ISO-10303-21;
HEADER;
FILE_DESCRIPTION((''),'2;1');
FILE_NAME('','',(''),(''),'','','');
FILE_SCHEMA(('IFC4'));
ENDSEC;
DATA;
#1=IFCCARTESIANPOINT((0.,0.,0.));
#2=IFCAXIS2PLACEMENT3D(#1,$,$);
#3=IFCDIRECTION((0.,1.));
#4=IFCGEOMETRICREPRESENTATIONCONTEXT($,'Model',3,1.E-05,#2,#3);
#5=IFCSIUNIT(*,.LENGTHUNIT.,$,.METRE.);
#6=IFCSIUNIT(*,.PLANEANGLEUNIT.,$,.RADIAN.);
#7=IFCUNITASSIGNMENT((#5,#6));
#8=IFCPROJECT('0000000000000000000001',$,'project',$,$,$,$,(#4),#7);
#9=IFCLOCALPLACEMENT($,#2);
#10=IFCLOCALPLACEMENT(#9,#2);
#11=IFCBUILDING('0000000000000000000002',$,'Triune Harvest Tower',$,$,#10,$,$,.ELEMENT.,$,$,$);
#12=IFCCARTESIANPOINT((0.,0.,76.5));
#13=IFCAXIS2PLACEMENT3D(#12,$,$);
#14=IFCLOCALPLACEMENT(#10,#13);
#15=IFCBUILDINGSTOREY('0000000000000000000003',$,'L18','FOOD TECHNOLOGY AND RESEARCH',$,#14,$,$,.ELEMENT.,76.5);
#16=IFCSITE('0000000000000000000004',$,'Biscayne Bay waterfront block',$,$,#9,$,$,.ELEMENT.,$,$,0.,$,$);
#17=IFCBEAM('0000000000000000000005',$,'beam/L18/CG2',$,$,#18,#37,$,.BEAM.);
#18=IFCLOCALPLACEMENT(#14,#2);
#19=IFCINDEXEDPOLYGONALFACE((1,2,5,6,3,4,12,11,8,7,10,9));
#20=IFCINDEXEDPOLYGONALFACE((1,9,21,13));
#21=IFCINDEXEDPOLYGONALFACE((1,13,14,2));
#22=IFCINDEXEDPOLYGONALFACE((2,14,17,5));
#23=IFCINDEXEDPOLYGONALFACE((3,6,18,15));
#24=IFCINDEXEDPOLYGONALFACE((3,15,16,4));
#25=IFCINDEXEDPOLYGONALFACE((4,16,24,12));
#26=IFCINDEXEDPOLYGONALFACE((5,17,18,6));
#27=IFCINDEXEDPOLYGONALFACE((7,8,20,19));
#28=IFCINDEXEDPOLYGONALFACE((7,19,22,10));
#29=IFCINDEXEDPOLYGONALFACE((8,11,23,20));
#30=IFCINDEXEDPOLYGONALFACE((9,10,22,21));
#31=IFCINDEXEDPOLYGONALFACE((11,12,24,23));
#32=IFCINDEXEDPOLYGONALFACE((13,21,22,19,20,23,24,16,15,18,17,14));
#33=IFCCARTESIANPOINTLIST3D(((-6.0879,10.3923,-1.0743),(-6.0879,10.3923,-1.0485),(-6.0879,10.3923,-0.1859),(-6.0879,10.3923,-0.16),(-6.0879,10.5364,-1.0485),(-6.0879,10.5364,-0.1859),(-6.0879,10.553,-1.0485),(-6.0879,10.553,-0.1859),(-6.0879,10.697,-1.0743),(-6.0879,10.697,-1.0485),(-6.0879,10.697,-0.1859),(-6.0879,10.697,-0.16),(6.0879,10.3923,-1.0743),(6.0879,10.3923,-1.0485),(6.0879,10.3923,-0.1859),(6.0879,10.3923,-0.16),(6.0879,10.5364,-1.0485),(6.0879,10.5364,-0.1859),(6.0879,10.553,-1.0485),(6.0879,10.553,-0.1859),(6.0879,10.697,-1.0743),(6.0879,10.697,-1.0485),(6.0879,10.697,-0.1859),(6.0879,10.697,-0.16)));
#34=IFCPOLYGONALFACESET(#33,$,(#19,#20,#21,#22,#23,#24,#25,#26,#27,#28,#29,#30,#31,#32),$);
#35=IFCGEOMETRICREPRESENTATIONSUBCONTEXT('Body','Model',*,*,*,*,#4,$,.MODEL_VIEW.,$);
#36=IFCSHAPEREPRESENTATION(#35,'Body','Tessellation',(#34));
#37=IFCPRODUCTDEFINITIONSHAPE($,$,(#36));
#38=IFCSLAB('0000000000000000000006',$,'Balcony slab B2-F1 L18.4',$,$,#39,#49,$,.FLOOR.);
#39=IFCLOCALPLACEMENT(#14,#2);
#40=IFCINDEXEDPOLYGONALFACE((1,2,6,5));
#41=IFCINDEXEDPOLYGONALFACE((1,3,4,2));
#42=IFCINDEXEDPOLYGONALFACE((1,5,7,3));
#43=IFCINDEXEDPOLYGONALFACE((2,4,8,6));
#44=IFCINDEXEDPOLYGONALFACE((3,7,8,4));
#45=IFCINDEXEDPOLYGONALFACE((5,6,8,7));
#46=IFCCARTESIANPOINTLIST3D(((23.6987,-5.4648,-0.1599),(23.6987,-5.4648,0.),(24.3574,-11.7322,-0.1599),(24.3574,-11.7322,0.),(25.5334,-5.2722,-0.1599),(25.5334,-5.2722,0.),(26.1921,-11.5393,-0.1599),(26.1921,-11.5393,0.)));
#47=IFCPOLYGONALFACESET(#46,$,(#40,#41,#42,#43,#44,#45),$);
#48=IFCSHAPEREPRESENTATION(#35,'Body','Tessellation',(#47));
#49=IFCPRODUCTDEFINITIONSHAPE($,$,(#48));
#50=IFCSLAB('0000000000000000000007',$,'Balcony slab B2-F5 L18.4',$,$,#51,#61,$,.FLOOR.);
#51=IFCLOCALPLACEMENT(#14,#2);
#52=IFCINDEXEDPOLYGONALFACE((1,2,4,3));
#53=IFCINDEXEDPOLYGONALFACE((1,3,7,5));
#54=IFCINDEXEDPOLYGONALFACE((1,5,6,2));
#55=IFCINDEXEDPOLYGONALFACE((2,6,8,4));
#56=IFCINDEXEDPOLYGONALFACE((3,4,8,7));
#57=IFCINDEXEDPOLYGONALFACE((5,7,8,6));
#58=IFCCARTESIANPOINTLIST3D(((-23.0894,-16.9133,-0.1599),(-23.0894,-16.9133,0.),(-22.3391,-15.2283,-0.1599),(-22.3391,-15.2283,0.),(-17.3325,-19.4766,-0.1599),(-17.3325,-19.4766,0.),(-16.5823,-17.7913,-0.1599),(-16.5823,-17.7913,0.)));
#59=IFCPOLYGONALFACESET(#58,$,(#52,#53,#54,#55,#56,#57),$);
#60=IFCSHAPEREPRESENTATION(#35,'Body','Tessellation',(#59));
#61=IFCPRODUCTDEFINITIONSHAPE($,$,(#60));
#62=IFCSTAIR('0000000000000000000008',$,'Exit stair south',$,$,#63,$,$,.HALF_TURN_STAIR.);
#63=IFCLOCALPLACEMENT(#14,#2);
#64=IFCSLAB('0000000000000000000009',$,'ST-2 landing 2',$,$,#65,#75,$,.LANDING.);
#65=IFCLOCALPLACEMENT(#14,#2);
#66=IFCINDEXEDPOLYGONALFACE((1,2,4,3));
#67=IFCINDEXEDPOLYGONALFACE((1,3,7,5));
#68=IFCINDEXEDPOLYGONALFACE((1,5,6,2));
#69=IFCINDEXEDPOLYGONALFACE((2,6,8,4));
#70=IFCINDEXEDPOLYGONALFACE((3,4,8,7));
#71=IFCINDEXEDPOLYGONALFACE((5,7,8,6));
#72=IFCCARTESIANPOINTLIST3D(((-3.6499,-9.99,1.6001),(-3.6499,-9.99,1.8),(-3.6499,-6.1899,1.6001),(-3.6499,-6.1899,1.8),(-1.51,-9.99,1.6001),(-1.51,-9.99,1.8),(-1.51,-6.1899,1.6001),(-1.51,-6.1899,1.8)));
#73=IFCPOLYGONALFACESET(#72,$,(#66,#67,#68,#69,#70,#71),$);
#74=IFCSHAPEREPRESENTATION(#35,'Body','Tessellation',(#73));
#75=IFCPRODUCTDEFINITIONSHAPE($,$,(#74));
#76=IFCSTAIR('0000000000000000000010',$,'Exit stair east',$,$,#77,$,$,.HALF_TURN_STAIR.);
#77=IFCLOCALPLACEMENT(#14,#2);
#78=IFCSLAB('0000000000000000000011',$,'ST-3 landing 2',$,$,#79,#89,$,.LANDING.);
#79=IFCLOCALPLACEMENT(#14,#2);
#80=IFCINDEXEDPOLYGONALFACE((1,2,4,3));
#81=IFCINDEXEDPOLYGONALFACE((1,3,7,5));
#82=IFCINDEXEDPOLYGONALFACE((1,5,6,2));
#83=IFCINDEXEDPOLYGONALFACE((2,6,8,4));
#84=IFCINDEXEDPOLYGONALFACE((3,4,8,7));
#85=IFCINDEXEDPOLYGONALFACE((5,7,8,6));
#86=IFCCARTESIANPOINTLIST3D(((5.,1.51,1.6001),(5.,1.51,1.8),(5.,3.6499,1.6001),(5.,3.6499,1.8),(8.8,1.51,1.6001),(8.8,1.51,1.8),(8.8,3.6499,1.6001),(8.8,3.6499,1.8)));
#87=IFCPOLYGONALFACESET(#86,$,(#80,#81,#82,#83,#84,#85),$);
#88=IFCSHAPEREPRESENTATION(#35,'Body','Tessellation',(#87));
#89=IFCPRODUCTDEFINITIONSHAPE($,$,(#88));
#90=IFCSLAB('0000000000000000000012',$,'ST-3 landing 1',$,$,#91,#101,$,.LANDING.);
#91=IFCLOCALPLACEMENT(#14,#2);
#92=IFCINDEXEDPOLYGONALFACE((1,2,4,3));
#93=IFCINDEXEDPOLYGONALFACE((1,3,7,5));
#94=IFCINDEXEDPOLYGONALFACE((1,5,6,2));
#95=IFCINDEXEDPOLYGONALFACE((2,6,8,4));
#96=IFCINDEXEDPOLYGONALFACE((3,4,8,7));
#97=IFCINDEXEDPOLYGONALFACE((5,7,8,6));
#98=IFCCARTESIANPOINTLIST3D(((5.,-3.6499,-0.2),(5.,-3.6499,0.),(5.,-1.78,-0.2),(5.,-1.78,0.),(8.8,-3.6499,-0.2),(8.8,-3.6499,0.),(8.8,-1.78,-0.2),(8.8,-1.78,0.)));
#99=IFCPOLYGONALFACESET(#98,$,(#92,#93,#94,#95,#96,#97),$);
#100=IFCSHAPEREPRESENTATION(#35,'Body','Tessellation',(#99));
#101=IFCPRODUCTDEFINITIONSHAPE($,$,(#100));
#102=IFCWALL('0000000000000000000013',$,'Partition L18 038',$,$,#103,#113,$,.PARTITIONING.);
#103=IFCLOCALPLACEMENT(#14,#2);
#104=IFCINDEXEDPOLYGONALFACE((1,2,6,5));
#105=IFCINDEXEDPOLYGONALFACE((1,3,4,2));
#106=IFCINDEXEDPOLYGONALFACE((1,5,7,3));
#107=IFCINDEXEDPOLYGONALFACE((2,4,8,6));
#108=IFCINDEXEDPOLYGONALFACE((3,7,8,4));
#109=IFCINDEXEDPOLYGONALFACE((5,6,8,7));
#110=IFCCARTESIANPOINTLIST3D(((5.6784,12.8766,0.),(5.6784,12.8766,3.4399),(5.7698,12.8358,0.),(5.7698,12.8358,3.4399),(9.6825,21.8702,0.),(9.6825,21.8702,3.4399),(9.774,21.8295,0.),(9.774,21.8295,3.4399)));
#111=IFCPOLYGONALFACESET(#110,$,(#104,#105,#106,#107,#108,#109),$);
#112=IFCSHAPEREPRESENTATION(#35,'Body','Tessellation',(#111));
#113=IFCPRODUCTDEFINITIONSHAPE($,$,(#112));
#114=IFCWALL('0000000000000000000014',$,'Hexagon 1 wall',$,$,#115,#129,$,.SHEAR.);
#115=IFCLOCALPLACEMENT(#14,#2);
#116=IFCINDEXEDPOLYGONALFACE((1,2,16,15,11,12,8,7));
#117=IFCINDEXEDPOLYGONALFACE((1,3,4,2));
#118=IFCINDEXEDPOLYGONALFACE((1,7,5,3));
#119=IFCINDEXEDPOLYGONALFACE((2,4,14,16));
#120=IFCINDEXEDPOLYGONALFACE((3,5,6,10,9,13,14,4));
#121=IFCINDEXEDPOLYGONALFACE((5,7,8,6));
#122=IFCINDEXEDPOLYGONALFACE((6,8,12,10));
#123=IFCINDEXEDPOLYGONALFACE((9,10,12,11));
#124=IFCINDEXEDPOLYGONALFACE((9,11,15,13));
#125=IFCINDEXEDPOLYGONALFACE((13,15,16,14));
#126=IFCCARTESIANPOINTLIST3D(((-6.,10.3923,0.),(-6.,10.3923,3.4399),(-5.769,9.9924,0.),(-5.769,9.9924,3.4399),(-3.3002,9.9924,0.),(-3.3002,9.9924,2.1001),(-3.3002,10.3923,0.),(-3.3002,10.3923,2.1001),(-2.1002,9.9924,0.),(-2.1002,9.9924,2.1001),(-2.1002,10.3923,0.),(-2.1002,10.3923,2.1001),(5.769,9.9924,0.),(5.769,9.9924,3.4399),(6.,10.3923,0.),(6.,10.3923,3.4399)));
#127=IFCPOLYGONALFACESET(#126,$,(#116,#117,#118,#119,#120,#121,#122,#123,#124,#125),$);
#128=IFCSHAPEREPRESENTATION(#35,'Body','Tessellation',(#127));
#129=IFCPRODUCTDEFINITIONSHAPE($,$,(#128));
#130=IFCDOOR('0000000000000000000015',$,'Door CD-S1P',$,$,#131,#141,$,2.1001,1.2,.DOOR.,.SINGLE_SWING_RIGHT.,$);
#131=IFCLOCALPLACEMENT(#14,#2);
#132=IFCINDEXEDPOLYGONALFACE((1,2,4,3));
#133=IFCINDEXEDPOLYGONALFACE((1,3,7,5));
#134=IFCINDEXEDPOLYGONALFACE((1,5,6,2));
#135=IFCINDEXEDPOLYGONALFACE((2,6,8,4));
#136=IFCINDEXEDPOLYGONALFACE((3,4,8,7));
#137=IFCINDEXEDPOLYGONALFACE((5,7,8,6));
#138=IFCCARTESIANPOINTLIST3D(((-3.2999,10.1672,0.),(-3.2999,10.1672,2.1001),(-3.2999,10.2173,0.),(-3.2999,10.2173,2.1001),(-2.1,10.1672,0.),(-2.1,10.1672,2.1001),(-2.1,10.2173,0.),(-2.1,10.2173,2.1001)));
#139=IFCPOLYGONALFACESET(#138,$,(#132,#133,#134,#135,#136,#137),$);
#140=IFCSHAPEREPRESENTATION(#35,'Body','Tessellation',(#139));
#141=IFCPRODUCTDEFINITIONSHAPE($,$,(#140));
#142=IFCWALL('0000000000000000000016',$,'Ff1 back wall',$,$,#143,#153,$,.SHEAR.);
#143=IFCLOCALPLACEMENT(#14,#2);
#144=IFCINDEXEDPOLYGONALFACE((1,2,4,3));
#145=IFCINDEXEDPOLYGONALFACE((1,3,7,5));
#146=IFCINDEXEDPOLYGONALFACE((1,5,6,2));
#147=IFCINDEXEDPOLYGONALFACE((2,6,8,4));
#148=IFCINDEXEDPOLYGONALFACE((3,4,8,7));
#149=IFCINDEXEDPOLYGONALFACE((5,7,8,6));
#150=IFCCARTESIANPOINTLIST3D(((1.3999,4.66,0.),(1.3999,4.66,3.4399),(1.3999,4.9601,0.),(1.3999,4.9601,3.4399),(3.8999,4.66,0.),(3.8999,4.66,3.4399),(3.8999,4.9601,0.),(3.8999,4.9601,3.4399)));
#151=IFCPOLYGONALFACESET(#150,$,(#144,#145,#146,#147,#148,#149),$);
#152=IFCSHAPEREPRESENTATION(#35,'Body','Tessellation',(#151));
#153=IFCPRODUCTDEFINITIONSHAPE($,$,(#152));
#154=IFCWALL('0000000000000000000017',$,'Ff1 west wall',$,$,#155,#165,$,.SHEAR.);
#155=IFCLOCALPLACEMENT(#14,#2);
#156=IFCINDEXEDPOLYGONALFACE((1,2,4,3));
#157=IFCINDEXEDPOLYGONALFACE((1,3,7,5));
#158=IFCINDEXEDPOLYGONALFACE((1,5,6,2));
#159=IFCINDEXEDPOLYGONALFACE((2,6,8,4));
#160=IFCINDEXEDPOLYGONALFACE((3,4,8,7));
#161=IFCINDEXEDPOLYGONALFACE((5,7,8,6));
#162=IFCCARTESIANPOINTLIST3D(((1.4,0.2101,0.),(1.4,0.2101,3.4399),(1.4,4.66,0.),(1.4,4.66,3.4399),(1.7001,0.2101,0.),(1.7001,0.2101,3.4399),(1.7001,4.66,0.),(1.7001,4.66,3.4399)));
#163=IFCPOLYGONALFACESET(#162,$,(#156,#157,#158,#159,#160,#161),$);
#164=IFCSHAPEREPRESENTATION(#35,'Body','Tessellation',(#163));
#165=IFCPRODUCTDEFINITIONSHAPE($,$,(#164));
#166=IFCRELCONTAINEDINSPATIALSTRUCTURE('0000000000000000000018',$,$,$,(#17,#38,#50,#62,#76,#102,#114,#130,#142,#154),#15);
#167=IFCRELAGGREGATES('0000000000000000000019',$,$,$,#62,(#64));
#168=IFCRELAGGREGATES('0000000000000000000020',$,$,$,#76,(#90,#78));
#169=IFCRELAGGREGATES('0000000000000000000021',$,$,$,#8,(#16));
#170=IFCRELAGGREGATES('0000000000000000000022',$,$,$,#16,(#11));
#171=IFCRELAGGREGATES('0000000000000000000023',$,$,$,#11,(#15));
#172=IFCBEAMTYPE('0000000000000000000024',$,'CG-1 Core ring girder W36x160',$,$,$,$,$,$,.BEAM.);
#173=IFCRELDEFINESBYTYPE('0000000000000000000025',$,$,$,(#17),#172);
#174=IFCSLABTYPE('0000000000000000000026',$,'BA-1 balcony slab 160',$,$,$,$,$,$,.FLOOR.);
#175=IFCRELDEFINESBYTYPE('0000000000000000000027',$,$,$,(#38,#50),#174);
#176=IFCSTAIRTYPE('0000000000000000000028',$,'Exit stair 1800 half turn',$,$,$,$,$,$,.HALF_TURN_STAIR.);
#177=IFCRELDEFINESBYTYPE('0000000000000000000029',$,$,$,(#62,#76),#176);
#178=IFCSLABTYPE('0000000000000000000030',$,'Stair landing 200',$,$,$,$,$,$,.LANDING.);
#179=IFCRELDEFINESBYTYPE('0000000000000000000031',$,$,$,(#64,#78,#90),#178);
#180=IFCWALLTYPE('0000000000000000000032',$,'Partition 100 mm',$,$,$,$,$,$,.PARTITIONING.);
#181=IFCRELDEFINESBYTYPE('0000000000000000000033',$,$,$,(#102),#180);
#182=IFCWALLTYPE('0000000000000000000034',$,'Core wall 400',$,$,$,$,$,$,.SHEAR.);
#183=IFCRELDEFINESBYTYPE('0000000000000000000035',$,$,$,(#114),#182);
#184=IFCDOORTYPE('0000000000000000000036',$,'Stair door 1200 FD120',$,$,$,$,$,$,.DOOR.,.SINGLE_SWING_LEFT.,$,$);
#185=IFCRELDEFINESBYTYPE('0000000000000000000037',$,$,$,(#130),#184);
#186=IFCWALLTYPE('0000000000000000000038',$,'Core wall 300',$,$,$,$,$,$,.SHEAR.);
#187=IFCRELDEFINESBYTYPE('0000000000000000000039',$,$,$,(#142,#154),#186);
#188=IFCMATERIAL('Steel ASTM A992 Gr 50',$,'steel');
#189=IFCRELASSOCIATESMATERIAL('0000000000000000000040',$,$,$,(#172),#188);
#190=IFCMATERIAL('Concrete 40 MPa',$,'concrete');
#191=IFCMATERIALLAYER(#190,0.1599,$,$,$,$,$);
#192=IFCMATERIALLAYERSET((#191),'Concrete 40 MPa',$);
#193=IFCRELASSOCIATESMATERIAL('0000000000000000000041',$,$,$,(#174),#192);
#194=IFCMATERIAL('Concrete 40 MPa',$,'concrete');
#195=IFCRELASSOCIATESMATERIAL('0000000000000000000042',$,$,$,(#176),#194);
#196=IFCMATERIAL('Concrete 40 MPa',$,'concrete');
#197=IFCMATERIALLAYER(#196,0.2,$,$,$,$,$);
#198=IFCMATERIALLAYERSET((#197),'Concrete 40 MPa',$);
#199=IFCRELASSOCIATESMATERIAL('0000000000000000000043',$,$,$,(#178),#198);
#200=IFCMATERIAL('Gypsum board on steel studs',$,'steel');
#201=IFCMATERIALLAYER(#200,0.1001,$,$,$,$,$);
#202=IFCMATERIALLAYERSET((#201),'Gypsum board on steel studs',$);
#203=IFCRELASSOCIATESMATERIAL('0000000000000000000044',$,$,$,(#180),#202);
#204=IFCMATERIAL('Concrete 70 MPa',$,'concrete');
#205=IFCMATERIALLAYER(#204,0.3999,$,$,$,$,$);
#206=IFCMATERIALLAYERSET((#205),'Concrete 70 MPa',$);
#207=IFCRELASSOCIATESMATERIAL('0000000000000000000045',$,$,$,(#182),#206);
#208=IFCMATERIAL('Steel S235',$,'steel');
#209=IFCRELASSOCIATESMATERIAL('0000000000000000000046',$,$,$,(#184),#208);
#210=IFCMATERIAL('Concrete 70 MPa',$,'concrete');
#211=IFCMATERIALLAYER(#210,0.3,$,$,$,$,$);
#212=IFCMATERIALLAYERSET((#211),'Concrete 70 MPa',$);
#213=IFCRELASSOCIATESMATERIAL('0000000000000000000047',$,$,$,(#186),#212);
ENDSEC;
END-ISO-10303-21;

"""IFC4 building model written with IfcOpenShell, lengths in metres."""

from ifc_helpers import new_model, si_unit, direction, frame, frame_2d, origin, origin_2d, place, context, subcontext, project, spatial, polyline, rectangle, i_section, outline, extrude, source, transform, mapped, material, layer, layer_set, material_profile, profile_set, type_object, element, fill, aggregate, save


model = new_model("IFC4")

# Units and contexts
model_context = context("Model", 3, precision=1e-05, world=origin(), true_north=direction((0.0, 1.0)))
body_context = subcontext(model_context, "Body", "Model", "MODEL_VIEW")
ifc_project = project(units=[si_unit("LENGTHUNIT", "METRE"), si_unit("PLANEANGLEUNIT", "RADIAN")], contexts=[model_context])

# Site, building, storey
site_placement = place(None, origin())
site = spatial("IfcSite", under=ifc_project, at=site_placement, Name="Biscayne Bay waterfront block", CompositionType="ELEMENT", RefElevation=0.0)
building_placement = place(site_placement, origin())
building = spatial("IfcBuilding", under=site, at=building_placement, Name="Triune Harvest Tower", CompositionType="ELEMENT")
storey_placement = place(building_placement, frame((0.0, 0.0, 76.5)))
storey = spatial("IfcBuildingStorey", under=building, at=storey_placement, Name="L18", Description="FOOD TECHNOLOGY AND RESEARCH", CompositionType="ELEMENT", Elevation=76.5)

# Beam
ifc_material_1 = material(Name="Steel ASTM A992 Gr 50", Category="steel")
ifc_material_profile = material_profile(ifc_material_1, i_section(OverallWidth=0.3047, OverallDepth=0.9143, WebThickness=0.0166, FlangeThickness=0.0259, at=origin_2d()), Name="W36x160")
ifc_profile_set = profile_set([ifc_material_profile], Name="Steel ASTM A992 Gr 50")
beam_type = type_object("IfcBeamType", Name="CG-1 Core ring girder W36x160", PredefinedType="BEAM", material=ifc_profile_set)
shared_shape_1 = source(origin(), body_context, "Body", "SweptSolid", [
    extrude(i_section(OverallWidth=0.3047, OverallDepth=0.9143, WebThickness=0.0166, FlangeThickness=0.0259, at=origin_2d()), origin(), (0.0, 0.0, 1.0), 12.1758),
])
beam_placement = place(storey_placement, frame((6.0879, 10.5447, -0.6172), z_axis=(-1.0, 0.0, 0.0), x_axis=(0.0, -1.0, 0.0)))
element("IfcBeam", 1, at=beam_placement, inside=storey, type_object=beam_type, Name="beam/L18/CG2", PredefinedType="BEAM", context=body_context, shape_type="MappedRepresentation", body=[
    mapped(shared_shape_1, transform((0.0, 0.0, 0.0), scale=1.0)),
])

# Slabs
ifc_material_2 = material(Name="Concrete 40 MPa", Category="concrete")
ifc_layer_1 = layer(ifc_material_2, 0.1599)
ifc_layer_set_1 = layer_set([ifc_layer_1], Name="Concrete 40 MPa")
slab_type_1 = type_object("IfcSlabType", Name="BA-1 balcony slab 160", PredefinedType="FLOOR", material=ifc_layer_set_1)
slab_1_placement = place(storey_placement, frame((0.0, 0.0, -0.1599)))
element("IfcSlab", 2, at=slab_1_placement, inside=storey, type_object=slab_type_1, Name="Balcony slab B2-F1 L18.4", PredefinedType="FLOOR", context=body_context, shape_type="SweptSolid", body=[
    extrude(outline(polyline([(24.3574, -11.7322), (23.6987, -5.4648), (25.5334, -5.2722), (26.1921, -11.5393), (24.3574, -11.7322)])), origin(), (0.0, 0.0, 1.0), 0.1599),
])
slab_2_placement = place(storey_placement, frame((0.0, 0.0, -0.1599)))
element("IfcSlab", 3, at=slab_2_placement, inside=storey, type_object=slab_type_1, Name="Balcony slab B2-F5 L18.4", PredefinedType="FLOOR", context=body_context, shape_type="SweptSolid", body=[
    extrude(outline(polyline([(-22.3391, -15.2283), (-16.5823, -17.7913), (-17.3325, -19.4766), (-23.0894, -16.9133), (-22.3391, -15.2283)])), origin(), (0.0, 0.0, 1.0), 0.1599),
])

# Stair, slab
ifc_material_3 = material(Name="Concrete 40 MPa", Category="concrete")
stair_type = type_object("IfcStairType", Name="Exit stair 1800 half turn", PredefinedType="HALF_TURN_STAIR", material=ifc_material_3)
stair_1_placement = place(storey_placement, origin())
stair_1 = element("IfcStair", 4, at=stair_1_placement, inside=storey, type_object=stair_type, Name="Exit stair south", PredefinedType="HALF_TURN_STAIR")
ifc_material_4 = material(Name="Concrete 40 MPa", Category="concrete")
ifc_layer_2 = layer(ifc_material_4, 0.2)
ifc_layer_set_2 = layer_set([ifc_layer_2], Name="Concrete 40 MPa")
slab_type_2 = type_object("IfcSlabType", Name="Stair landing 200", PredefinedType="LANDING", material=ifc_layer_set_2)
shared_shape_2 = source(origin(), body_context, "Body", "SweptSolid", [
    extrude(outline(polyline([(-1.51, -6.1899), (-3.6499, -6.1899), (-3.6499, -9.99), (-1.51, -9.99), (-1.51, -6.1899)])), origin(), (0.0, 0.0, 1.0), 0.2),
])
slab_3_placement = place(storey_placement, frame((0.0, 0.0, 1.6001)))
slab_3 = element("IfcSlab", 5, at=slab_3_placement, type_object=slab_type_2, Name="ST-2 landing 2", PredefinedType="LANDING", context=body_context, shape_type="MappedRepresentation", body=[
    mapped(shared_shape_2, transform((0.0, 0.0, 0.0), scale=1.0)),
])
aggregate(stair_1, [slab_3])

# Stair, slabs
stair_2_placement = place(storey_placement, origin())
stair_2 = element("IfcStair", 6, at=stair_2_placement, inside=storey, type_object=stair_type, Name="Exit stair east", PredefinedType="HALF_TURN_STAIR")
shared_shape_3 = source(origin(), body_context, "Body", "SweptSolid", [
    extrude(outline(polyline([(8.8, 1.51), (8.8, 3.6499), (5.0, 3.6499), (5.0, 1.51), (8.8, 1.51)])), origin(), (0.0, 0.0, 1.0), 0.2),
])
slab_4_placement = place(storey_placement, frame((0.0, 0.0, 1.6001)))
slab_4 = element("IfcSlab", 7, at=slab_4_placement, type_object=slab_type_2, Name="ST-3 landing 2", PredefinedType="LANDING", context=body_context, shape_type="MappedRepresentation", body=[
    mapped(shared_shape_3, transform((0.0, 0.0, 0.0), scale=1.0)),
])
shared_shape_4 = source(origin(), body_context, "Body", "SweptSolid", [
    extrude(outline(polyline([(8.8, -3.6499), (8.8, -1.78), (5.0, -1.78), (5.0, -3.6499), (8.8, -3.6499)])), origin(), (0.0, 0.0, 1.0), 0.2),
])
slab_5_placement = place(storey_placement, frame((0.0, 0.0, -0.2)))
slab_5 = element("IfcSlab", 8, at=slab_5_placement, type_object=slab_type_2, Name="ST-3 landing 1", PredefinedType="LANDING", context=body_context, shape_type="MappedRepresentation", body=[
    mapped(shared_shape_4, transform((0.0, 0.0, 0.0), scale=1.0)),
])

# Wall
ifc_material_5 = material(Name="Gypsum board on steel studs", Category="steel")
ifc_layer_3 = layer(ifc_material_5, 0.1001)
ifc_layer_set_3 = layer_set([ifc_layer_3], Name="Gypsum board on steel studs")
wall_type_1 = type_object("IfcWallType", Name="Partition 100 mm", PredefinedType="PARTITIONING", material=ifc_layer_set_3)
wall_1_placement = place(storey_placement, frame((5.7241, 12.8562, 0.0), z_axis=(0.0, 0.0, 1.0), x_axis=(0.40673, 0.913549, 0.0)))
element("IfcWall", 9, at=wall_1_placement, inside=storey, type_object=wall_type_1, Name="Partition L18 038", PredefinedType="PARTITIONING", context=body_context, shape_type="SweptSolid", body=[
    extrude(rectangle(XDim=9.8447, YDim=0.1001, at=frame_2d((4.9224, 0.0))), origin(), (0.0, 0.0, 1.0), 3.4399),
])

# Wall, opening, door
ifc_material_6 = material(Name="Concrete 70 MPa", Category="concrete")
ifc_layer_4 = layer(ifc_material_6, 0.3999)
ifc_layer_set_4 = layer_set([ifc_layer_4], Name="Concrete 70 MPa")
wall_type_2 = type_object("IfcWallType", Name="Core wall 400", PredefinedType="SHEAR", material=ifc_layer_set_4)
shared_shape_5 = source(origin(), body_context, "Body", "SweptSolid", [
    extrude(outline(polyline([(-0.1155, -0.2), (11.8845, -0.2), (11.6536, 0.2), (0.1155, 0.2), (-0.1155, -0.2)])), origin(), (0.0, 0.0, 1.0), 3.4399),
])
wall_2_placement = place(storey_placement, frame((5.8845, 10.1924, 0.0), z_axis=(0.0, 0.0, 1.0), x_axis=(-1.0, 0.0, 0.0)))
wall_2 = element("IfcWall", 10, at=wall_2_placement, inside=storey, type_object=wall_type_2, Name="Hexagon 1 wall", PredefinedType="SHEAR", context=body_context, shape_type="MappedRepresentation", body=[
    mapped(shared_shape_5, transform((0.0, 0.0, 0.0), scale=1.0)),
])
opening_1_placement = place(wall_2_placement, frame((7.9846, 0.0, 0.0)))
opening_1 = element("IfcOpeningElement", 11, at=opening_1_placement, cuts=wall_2, PredefinedType="OPENING", context=body_context, shape_type="SweptSolid", body=[
    extrude(rectangle(XDim=1.2, YDim=2.1001, at=frame_2d((0.6001, 1.05))), frame((0.0, 0.21, 0.0), z_axis=(0.0, -1.0, 0.0), x_axis=(1.0, 0.0, 0.0)), (0.0, 0.0, 1.0), 0.4199),
])
ifc_material_7 = material(Name="Steel S235", Category="steel")
door_type_1 = type_object("IfcDoorType", Name="Stair door 1200 FD120", OperationType="SINGLE_SWING_LEFT", PredefinedType="DOOR", material=ifc_material_7)
door_1_placement = place(opening_1_placement, frame((1.2, 0.0, 0.0), z_axis=(0.0, 0.0, 1.0), x_axis=(-1.0, 0.0, 0.0)))
door_1 = element("IfcDoor", 12, at=door_1_placement, inside=storey, type_object=door_type_1, Name="Door CD-S1P", OperationType="SINGLE_SWING_RIGHT", OverallHeight=2.1001, OverallWidth=1.2, PredefinedType="DOOR", context=body_context, shape_type="SweptSolid", body=[
    extrude(rectangle(XDim=1.2, YDim=2.1001, at=frame_2d((0.6001, 1.05))), frame((0.0, 0.0249, 0.0), z_axis=(0.0, -1.0, 0.0), x_axis=(1.0, 0.0, 0.0)), (0.0, 0.0, 1.0), 0.05),
])
fill(opening_1, door_1)

# Walls
ifc_material_8 = material(Name="Concrete 70 MPa", Category="concrete")
ifc_layer_5 = layer(ifc_material_8, 0.3)
ifc_layer_set_5 = layer_set([ifc_layer_5], Name="Concrete 70 MPa")
wall_type_3 = type_object("IfcWallType", Name="Core wall 300", PredefinedType="SHEAR", material=ifc_layer_set_5)
shared_shape_6 = source(origin(), body_context, "Body", "SweptSolid", [
    extrude(rectangle(XDim=2.5, YDim=0.3, at=frame_2d((1.25, 0.0))), origin(), (0.0, 0.0, 1.0), 3.4399),
])
wall_3_placement = place(storey_placement, frame((1.3999, 4.8101, 0.0), z_axis=(0.0, 0.0, 1.0), x_axis=(1.0, 0.0, 0.0)))
element("IfcWall", 13, at=wall_3_placement, inside=storey, type_object=wall_type_3, Name="Ff1 back wall", PredefinedType="SHEAR", context=body_context, shape_type="MappedRepresentation", body=[
    mapped(shared_shape_6, transform((0.0, 0.0, 0.0), scale=1.0)),
])
shared_shape_7 = source(origin(), body_context, "Body", "SweptSolid", [
    extrude(rectangle(XDim=4.45, YDim=0.3, at=frame_2d((2.2251, 0.0))), origin(), (0.0, 0.0, 1.0), 3.4399),
])
wall_4_placement = place(storey_placement, frame((1.55, 0.21, 0.0), z_axis=(0.0, 0.0, 1.0), x_axis=(0.0, 1.0, 0.0)))
element("IfcWall", 14, at=wall_4_placement, inside=storey, type_object=wall_type_3, Name="Ff1 west wall", PredefinedType="SHEAR", context=body_context, shape_type="MappedRepresentation", body=[
    mapped(shared_shape_7, transform((0.0, 0.0, 0.0), scale=1.0)),
])

aggregate(stair_2, [slab_5, slab_4])

save(model, "model.ifc")
